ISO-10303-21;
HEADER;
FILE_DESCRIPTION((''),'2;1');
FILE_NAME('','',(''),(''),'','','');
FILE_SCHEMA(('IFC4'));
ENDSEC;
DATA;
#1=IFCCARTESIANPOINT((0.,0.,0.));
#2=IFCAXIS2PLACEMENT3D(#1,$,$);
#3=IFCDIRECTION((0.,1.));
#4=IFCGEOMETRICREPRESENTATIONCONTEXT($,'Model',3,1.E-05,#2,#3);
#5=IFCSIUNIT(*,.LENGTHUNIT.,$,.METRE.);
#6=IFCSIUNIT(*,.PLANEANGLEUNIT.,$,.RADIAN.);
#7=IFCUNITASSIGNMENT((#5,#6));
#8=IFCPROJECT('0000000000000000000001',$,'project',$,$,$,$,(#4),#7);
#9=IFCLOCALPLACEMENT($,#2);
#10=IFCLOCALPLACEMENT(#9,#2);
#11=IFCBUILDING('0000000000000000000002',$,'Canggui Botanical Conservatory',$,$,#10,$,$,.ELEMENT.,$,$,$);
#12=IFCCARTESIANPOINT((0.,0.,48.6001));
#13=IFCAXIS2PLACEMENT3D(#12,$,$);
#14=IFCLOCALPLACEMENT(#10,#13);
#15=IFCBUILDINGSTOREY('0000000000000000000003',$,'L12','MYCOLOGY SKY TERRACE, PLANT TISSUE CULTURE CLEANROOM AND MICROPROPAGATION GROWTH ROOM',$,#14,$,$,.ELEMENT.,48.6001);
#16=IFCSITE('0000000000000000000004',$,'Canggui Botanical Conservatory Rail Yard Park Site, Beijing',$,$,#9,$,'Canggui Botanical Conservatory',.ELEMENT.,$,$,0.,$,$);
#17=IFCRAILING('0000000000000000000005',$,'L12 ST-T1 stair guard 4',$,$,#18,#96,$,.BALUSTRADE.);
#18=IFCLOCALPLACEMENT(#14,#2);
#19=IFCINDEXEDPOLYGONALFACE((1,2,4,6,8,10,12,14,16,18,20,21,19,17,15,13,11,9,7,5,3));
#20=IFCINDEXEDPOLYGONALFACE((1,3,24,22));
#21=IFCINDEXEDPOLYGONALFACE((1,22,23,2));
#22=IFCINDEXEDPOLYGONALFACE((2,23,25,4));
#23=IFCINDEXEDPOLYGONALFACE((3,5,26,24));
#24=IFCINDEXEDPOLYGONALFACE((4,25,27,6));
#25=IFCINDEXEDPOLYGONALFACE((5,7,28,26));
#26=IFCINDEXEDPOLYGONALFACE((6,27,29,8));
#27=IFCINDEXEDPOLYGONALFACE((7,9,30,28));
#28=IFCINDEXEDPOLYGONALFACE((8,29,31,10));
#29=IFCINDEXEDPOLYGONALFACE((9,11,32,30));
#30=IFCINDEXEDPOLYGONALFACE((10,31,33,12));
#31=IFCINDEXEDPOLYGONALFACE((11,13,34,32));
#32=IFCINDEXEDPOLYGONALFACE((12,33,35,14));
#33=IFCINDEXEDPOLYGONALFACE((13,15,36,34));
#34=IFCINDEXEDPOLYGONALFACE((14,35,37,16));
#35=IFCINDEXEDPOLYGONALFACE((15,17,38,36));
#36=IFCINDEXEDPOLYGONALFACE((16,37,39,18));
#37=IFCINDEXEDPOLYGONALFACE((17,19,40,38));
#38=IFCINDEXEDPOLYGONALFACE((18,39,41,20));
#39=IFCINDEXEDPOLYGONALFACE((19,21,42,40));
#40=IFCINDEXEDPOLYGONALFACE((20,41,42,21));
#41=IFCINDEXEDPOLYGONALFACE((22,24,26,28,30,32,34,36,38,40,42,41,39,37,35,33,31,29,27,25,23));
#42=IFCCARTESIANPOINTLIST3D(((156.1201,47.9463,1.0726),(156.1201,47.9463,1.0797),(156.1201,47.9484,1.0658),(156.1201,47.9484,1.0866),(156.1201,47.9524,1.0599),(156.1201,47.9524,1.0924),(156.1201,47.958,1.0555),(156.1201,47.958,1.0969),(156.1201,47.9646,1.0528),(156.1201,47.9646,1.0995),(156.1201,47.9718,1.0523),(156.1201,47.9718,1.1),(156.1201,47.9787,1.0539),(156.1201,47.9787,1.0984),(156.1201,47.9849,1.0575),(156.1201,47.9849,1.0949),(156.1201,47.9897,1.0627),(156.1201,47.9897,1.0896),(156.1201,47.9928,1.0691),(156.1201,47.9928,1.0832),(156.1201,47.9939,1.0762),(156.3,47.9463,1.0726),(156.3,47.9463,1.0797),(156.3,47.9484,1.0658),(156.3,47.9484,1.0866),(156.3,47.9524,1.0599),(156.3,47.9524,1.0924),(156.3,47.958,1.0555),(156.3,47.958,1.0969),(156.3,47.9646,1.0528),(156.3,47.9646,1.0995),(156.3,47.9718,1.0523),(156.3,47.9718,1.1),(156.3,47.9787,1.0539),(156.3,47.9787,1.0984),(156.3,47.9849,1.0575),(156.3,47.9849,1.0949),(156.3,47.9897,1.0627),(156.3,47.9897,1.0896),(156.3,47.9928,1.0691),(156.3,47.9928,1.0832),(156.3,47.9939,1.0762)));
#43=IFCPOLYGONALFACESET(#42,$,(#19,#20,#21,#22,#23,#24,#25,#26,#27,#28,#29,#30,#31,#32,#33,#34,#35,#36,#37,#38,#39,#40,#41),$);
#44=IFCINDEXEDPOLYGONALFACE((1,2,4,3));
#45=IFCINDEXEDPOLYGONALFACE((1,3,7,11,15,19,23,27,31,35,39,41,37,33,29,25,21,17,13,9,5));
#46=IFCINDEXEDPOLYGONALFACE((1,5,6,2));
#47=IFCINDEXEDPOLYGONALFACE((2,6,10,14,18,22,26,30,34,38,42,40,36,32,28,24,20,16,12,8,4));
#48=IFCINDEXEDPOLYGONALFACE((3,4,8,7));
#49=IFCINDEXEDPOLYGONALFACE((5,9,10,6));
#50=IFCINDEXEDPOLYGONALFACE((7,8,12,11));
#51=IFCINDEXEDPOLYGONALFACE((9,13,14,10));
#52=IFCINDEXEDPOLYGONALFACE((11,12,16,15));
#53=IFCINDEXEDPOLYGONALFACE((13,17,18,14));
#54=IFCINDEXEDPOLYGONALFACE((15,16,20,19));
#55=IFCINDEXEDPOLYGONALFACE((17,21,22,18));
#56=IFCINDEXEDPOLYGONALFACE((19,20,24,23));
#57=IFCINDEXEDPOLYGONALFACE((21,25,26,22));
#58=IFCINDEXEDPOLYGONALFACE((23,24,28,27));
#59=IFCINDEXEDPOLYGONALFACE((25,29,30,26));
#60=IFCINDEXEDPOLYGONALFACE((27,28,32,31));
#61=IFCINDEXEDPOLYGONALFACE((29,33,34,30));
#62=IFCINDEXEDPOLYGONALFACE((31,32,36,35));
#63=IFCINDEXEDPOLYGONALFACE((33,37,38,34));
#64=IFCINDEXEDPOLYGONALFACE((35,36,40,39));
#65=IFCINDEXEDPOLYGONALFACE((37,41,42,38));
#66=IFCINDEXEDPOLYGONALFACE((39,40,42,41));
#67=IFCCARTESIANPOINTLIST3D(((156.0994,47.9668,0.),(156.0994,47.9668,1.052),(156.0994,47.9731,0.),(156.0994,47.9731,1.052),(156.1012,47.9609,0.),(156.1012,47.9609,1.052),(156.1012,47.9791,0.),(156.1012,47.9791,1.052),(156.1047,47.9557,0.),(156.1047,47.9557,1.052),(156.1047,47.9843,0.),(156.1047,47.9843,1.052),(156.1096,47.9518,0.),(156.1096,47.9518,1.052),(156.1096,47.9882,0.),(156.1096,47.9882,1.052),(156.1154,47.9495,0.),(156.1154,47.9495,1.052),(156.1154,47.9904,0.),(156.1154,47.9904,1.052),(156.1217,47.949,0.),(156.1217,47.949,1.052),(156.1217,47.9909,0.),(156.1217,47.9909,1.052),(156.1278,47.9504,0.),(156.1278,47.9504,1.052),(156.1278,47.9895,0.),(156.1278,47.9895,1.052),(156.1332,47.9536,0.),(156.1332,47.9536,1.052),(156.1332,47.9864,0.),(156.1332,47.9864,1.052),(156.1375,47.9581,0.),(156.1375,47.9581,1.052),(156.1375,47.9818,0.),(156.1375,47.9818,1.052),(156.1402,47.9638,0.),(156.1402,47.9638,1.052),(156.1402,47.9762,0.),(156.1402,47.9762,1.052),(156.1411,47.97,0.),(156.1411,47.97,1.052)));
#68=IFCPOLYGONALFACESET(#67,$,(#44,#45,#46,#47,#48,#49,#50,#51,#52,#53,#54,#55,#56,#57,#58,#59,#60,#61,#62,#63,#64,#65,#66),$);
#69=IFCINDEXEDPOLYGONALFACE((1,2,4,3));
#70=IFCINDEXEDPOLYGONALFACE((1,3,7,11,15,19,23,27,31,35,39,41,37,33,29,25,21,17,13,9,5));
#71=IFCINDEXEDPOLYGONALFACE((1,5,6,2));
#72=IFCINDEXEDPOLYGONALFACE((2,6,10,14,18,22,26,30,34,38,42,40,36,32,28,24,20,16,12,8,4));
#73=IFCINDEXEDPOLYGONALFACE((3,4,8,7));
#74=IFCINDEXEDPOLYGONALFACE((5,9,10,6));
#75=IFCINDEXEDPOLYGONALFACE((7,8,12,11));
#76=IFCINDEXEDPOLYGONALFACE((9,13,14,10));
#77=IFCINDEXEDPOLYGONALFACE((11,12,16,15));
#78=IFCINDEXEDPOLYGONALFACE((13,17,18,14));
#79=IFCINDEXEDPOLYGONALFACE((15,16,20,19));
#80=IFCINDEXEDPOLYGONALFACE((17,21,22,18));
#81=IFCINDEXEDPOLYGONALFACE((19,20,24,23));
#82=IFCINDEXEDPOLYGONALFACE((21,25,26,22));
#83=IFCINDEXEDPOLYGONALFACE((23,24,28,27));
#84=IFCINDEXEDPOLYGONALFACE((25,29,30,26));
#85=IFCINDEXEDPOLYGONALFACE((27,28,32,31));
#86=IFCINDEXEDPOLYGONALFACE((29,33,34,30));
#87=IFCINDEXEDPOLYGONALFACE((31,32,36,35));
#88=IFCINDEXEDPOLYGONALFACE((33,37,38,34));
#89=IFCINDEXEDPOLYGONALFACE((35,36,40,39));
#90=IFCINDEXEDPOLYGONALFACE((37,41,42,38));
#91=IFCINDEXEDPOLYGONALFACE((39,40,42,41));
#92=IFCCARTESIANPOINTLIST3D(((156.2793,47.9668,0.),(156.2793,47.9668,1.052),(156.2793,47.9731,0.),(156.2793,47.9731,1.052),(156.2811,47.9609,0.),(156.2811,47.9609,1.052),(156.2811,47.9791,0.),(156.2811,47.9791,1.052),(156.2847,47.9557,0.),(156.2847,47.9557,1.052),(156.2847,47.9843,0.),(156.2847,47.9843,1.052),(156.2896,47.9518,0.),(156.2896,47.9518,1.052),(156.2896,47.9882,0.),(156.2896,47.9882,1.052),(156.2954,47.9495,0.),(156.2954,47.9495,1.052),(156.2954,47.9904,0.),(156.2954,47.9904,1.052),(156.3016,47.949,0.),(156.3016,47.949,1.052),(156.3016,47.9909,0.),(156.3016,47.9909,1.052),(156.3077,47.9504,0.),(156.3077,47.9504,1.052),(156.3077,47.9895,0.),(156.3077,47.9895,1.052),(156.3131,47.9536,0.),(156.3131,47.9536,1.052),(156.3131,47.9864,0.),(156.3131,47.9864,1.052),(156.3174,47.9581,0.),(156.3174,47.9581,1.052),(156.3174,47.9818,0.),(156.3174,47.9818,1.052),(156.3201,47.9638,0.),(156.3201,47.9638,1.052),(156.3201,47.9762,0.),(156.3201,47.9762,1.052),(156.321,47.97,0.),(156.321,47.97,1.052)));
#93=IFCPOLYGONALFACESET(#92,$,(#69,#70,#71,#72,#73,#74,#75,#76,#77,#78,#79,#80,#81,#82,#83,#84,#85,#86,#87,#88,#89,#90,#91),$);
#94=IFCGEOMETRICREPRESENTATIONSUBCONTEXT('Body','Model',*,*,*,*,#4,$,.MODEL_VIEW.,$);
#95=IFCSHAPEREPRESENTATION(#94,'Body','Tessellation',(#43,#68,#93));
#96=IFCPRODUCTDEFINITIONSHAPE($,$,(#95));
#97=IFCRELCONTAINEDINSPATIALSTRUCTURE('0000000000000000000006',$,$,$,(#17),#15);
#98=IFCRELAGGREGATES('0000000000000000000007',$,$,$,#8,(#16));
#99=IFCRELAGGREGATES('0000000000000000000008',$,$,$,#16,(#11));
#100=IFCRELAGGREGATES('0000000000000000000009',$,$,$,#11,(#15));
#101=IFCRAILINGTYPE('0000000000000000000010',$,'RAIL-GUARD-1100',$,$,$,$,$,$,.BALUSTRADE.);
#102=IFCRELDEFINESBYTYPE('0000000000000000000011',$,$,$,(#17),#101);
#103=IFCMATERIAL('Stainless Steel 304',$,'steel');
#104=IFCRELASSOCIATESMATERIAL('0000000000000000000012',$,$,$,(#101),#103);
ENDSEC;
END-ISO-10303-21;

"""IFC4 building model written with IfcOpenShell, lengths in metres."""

from ifc_helpers import new_model, si_unit, direction, frame, origin, origin_2d, place, context, subcontext, project, spatial, circle, extrude, material, type_object, element, save


model = new_model("IFC4")

# Units and contexts
model_context = context("Model", 3, precision=1e-05, world=origin(), true_north=direction((0.0, 1.0)))
body_context = subcontext(model_context, "Body", "Model", "MODEL_VIEW")
ifc_project = project(units=[si_unit("LENGTHUNIT", "METRE"), si_unit("PLANEANGLEUNIT", "RADIAN")], contexts=[model_context])

# Site, building, storey
site_placement = place(None, origin())
site = spatial("IfcSite", under=ifc_project, at=site_placement, Name="Canggui Botanical Conservatory Rail Yard Park Site, Beijing", LongName="Canggui Botanical Conservatory", CompositionType="ELEMENT", RefElevation=0.0)
building_placement = place(site_placement, origin())
building = spatial("IfcBuilding", under=site, at=building_placement, Name="Canggui Botanical Conservatory", CompositionType="ELEMENT")
storey_placement = place(building_placement, frame((0.0, 0.0, 48.6001)))
storey = spatial("IfcBuildingStorey", under=building, at=storey_placement, Name="L12", Description="MYCOLOGY SKY TERRACE, PLANT TISSUE CULTURE CLEANROOM AND MICROPROPAGATION GROWTH ROOM", CompositionType="ELEMENT", Elevation=48.6001)

# Shared definitions
ifc_material_1 = material(Name="Stainless Steel 304", Category="steel")

# Railing
railing_type_1 = type_object("IfcRailingType", Name="RAIL-GUARD-1100", PredefinedType="BALUSTRADE", material=ifc_material_1)
railing_1_placement = place(storey_placement, frame((156.1201, 47.97, 0.0)))
element("IfcRailing", 1, at=railing_1_placement, inside=storey, type_object=railing_type_1, Name="L12 ST-T1 stair guard 4", PredefinedType="BALUSTRADE", context=body_context, shape_type="SweptSolid", body=[
    extrude(circle(Radius=0.0239, at=origin_2d()), frame((0.0, 0.0, 1.0762), z_axis=(1.0, 0.0, 0.0), x_axis=(0.0, 1.0, 0.0)), (0.0, 0.0, 1.0), 0.1799),
    extrude(circle(Radius=0.021, at=origin_2d()), origin(), (0.0, 0.0, 1.0), 1.052),
    extrude(circle(Radius=0.021, at=origin_2d()), frame((0.1799, 0.0, 0.0)), (0.0, 0.0, 1.0), 1.052),
])

save(model, "model.ifc")
